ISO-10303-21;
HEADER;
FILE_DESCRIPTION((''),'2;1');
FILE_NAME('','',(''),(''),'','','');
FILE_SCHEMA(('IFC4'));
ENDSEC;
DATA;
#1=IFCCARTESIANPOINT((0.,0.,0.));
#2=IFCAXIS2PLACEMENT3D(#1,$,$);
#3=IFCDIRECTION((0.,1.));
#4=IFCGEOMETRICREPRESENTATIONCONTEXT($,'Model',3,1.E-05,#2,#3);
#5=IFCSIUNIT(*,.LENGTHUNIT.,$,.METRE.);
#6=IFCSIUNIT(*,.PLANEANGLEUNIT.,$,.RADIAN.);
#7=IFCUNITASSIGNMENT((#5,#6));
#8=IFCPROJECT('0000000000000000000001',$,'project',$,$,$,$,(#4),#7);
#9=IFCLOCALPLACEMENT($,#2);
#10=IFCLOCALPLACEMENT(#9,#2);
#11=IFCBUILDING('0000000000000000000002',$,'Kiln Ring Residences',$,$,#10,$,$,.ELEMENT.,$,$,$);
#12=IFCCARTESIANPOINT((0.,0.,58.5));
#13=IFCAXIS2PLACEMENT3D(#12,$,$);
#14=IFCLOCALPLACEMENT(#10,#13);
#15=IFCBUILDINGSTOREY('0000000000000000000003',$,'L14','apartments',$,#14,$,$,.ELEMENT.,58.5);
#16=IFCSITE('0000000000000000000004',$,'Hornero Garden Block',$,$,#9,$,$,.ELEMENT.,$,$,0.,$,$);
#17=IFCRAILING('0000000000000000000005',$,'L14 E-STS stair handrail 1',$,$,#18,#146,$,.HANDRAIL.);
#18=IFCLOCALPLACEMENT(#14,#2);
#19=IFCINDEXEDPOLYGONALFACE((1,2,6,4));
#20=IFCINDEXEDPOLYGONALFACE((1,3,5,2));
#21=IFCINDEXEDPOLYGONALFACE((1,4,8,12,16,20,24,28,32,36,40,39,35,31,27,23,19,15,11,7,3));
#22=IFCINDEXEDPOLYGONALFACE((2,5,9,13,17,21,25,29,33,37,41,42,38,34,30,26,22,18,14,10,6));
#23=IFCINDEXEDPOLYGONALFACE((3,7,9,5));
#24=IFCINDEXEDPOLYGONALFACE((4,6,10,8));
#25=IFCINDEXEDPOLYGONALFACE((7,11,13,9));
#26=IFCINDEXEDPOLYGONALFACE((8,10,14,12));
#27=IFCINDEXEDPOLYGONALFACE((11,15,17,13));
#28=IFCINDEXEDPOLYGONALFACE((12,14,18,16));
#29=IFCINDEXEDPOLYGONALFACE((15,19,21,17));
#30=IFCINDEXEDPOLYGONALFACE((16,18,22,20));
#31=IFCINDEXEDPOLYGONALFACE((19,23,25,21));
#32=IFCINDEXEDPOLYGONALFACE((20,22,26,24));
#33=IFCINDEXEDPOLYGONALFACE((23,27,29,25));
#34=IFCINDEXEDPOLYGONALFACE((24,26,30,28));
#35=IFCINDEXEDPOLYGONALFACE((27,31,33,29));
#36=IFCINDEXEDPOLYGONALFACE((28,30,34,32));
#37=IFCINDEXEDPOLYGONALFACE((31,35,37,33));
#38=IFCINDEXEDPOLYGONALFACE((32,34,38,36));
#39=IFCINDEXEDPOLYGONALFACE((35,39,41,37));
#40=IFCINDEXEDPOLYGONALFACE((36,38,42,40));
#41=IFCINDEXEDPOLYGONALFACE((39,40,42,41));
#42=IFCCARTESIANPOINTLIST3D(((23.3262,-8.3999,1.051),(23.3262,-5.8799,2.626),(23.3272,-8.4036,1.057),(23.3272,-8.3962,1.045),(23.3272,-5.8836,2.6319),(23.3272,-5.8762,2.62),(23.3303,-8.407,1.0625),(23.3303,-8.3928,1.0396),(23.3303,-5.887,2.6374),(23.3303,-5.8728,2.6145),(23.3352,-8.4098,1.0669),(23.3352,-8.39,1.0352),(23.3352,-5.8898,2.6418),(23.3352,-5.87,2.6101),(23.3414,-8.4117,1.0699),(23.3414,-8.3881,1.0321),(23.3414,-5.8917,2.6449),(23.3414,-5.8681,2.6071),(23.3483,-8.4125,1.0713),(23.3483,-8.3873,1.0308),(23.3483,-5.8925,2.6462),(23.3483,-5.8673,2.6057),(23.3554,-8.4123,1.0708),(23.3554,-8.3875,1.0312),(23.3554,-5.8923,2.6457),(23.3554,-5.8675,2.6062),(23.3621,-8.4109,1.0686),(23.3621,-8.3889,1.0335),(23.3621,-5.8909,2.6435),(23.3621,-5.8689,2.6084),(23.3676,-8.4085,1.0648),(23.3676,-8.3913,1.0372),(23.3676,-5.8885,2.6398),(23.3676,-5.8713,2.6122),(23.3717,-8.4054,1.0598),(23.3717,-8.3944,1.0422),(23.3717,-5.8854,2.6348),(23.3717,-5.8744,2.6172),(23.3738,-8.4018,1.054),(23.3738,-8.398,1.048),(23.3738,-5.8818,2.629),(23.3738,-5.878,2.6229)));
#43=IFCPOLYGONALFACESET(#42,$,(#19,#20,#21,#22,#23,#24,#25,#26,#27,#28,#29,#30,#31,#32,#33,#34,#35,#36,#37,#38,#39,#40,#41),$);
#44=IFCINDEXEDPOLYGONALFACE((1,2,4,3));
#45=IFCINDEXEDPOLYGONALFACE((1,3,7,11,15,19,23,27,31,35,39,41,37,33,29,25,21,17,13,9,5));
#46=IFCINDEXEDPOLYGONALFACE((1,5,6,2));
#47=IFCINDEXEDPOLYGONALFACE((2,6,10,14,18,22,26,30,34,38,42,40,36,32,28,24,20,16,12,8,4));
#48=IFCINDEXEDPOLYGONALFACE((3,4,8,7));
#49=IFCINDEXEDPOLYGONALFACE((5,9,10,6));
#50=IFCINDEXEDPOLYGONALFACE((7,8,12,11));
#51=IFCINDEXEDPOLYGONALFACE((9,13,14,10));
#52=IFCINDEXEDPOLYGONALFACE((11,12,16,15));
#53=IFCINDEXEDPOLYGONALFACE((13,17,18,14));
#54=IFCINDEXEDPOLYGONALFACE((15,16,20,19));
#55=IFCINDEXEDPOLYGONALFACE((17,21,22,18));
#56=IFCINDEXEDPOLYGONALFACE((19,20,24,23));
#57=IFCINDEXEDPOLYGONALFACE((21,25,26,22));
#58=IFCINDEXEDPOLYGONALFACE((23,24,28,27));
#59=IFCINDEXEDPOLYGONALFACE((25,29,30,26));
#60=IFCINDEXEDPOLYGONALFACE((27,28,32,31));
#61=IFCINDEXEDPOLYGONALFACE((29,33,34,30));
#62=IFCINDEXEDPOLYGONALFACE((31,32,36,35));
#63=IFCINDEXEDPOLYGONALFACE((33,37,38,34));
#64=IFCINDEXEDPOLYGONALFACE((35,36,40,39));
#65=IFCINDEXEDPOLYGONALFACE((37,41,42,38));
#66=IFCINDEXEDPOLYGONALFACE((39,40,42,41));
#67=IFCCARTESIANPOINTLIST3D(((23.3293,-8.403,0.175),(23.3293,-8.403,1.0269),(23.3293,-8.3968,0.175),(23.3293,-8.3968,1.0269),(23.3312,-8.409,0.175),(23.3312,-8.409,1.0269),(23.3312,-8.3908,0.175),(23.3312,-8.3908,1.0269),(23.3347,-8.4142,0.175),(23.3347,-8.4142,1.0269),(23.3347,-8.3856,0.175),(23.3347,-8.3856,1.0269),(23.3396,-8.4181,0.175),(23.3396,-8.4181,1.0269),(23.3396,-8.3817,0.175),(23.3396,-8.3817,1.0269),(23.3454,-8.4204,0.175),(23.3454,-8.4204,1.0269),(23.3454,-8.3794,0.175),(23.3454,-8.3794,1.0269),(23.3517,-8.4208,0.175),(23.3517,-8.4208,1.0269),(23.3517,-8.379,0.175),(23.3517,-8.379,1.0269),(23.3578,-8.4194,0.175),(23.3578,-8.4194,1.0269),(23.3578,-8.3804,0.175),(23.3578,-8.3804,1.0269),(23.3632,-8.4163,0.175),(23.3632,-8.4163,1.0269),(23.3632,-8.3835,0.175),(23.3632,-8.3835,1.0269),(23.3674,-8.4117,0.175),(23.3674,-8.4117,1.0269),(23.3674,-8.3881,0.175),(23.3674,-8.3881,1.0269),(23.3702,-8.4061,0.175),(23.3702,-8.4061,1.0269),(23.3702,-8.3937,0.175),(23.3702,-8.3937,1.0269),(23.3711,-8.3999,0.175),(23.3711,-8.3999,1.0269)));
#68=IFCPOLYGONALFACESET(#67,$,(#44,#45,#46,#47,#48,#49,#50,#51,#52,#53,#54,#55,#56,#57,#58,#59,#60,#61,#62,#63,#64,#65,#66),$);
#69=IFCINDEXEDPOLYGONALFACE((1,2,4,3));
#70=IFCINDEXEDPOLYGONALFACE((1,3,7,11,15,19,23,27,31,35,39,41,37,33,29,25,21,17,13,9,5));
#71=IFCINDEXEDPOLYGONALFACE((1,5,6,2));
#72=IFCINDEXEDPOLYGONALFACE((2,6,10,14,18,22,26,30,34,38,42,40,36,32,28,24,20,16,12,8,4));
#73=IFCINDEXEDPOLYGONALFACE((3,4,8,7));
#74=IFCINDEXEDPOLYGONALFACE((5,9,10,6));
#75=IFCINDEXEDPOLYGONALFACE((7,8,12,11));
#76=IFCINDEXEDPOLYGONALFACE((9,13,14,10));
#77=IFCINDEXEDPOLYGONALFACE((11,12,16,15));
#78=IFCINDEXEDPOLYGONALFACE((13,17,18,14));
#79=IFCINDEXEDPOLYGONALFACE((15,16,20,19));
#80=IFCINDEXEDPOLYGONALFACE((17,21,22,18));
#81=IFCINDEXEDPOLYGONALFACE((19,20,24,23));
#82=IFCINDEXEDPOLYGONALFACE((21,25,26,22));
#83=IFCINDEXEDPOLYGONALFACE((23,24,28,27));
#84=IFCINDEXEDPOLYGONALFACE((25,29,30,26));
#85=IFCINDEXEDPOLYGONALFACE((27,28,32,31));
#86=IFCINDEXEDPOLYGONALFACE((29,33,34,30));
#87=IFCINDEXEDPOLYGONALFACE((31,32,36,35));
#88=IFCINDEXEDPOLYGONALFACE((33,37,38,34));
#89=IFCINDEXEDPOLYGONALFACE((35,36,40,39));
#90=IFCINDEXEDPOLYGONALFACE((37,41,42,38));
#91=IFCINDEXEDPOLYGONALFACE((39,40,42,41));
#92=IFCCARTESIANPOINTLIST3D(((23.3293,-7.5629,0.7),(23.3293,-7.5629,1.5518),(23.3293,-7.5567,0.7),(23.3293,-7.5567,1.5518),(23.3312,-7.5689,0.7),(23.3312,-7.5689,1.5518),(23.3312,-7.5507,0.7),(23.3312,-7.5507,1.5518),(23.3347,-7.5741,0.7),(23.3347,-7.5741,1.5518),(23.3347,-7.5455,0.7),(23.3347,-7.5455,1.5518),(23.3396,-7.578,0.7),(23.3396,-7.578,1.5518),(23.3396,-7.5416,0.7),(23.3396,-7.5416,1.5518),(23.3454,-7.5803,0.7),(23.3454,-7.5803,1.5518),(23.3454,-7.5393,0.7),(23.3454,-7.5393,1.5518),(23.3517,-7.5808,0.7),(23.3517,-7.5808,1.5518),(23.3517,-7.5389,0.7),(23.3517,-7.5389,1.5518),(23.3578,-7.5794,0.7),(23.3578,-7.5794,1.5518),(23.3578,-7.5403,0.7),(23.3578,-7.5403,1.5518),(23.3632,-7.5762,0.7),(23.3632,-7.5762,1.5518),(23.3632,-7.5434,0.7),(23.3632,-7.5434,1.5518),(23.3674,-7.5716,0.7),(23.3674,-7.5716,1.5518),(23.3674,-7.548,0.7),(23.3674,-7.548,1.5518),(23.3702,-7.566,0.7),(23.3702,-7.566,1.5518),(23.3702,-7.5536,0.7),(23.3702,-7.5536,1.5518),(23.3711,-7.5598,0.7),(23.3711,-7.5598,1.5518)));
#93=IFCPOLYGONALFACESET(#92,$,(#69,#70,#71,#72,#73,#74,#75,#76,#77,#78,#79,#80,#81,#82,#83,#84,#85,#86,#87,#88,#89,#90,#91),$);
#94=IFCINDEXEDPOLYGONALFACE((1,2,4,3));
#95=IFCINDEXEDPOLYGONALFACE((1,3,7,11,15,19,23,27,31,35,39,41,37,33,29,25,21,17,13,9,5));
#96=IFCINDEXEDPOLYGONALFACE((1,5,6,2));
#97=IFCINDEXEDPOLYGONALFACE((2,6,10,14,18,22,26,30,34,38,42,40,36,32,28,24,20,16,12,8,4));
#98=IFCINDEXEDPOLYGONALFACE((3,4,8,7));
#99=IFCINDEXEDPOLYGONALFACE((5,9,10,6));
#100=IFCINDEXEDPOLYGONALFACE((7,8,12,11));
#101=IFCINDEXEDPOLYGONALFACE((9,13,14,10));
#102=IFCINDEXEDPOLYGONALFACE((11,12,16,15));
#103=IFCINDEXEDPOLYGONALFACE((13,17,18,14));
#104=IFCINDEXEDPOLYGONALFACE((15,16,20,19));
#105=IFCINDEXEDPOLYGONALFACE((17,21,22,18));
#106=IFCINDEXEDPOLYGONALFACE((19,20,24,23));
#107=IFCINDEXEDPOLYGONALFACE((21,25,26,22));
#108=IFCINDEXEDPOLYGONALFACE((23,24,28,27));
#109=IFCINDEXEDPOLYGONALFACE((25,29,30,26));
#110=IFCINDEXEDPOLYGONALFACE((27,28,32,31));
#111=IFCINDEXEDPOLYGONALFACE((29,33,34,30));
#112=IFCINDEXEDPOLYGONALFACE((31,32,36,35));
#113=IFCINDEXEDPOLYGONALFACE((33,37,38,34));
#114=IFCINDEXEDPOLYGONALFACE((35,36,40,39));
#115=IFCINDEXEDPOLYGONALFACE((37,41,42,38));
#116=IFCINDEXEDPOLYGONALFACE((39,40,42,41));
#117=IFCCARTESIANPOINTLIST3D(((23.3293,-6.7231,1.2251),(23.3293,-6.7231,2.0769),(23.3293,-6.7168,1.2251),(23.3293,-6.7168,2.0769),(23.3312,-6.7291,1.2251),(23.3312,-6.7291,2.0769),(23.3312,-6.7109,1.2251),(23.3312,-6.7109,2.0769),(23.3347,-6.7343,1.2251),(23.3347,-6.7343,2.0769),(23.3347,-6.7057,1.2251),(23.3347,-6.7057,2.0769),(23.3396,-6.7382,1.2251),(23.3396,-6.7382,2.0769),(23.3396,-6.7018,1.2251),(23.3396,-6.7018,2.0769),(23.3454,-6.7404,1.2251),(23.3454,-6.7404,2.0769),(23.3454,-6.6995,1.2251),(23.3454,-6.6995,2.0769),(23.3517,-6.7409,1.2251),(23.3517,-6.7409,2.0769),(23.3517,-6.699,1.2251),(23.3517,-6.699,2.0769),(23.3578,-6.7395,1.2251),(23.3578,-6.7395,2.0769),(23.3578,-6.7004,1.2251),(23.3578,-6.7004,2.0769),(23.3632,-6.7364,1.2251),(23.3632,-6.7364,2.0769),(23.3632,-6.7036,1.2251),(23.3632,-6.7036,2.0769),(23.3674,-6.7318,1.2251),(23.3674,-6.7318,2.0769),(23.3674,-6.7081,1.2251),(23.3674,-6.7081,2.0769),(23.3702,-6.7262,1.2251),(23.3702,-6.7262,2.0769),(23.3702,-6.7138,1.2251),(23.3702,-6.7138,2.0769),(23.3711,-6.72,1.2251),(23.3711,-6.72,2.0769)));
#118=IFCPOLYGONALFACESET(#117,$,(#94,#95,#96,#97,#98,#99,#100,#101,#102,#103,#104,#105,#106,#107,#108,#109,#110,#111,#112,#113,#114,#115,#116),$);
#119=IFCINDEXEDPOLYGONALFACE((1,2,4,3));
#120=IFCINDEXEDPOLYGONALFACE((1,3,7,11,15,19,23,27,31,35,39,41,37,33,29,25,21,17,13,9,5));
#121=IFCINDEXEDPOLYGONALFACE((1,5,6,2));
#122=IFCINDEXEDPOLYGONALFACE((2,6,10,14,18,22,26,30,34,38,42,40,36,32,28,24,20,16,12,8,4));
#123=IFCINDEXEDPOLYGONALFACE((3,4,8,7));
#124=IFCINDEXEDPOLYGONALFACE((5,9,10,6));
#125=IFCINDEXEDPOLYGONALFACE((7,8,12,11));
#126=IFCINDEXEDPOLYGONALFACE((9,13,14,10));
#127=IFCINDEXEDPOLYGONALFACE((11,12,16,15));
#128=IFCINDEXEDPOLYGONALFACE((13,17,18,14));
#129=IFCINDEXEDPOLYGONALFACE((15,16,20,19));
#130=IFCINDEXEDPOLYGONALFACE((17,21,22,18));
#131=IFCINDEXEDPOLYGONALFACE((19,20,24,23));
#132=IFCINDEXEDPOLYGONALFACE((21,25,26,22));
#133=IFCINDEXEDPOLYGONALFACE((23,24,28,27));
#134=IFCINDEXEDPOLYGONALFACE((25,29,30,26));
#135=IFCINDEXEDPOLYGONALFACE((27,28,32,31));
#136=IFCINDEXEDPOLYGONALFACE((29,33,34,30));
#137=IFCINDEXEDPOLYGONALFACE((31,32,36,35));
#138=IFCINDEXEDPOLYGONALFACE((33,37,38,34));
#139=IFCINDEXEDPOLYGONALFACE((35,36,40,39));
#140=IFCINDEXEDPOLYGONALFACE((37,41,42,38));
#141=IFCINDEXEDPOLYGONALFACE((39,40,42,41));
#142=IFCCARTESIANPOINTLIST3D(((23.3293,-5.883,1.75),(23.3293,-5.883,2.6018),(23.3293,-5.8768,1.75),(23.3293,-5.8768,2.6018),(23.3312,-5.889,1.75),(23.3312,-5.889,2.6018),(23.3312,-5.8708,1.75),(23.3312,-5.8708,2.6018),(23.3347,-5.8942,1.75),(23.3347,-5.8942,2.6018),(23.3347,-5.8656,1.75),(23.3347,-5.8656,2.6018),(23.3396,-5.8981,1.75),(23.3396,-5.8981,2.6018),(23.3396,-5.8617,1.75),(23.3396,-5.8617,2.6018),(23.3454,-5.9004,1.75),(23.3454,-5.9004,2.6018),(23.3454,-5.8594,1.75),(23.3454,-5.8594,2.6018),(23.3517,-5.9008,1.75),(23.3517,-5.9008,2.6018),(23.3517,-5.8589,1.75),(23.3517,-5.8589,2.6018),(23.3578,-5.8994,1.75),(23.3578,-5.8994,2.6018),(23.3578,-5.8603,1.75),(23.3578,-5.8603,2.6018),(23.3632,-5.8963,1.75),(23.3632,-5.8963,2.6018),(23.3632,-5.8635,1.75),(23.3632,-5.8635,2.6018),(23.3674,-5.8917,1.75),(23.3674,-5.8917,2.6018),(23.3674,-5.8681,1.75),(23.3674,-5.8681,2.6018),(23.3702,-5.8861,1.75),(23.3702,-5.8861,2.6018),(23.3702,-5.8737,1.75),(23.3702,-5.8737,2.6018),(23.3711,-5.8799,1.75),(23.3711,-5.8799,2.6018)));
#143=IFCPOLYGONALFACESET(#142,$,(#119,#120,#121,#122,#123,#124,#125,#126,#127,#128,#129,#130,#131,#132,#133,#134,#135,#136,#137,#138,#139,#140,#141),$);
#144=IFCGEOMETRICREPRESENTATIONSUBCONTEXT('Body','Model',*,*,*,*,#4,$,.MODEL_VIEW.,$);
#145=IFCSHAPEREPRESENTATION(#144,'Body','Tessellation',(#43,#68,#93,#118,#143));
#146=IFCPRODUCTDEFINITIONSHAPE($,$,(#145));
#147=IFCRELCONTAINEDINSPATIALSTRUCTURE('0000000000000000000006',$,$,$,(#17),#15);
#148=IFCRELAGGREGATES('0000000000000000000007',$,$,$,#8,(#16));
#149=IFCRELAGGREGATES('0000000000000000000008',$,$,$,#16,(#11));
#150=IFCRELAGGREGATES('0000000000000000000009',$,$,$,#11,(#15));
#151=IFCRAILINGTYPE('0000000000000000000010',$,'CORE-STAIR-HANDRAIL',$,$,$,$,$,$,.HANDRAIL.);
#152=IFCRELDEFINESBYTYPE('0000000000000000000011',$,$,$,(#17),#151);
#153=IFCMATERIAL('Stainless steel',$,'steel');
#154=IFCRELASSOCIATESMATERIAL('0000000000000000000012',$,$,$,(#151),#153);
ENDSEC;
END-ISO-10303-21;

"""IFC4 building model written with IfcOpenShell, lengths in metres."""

from ifc_helpers import new_model, si_unit, direction, frame, origin, origin_2d, place, context, subcontext, project, spatial, circle, extrude, material, type_object, element, save


model = new_model("IFC4")

# Units and contexts
model_context = context("Model", 3, precision=1e-05, world=origin(), true_north=direction((0.0, 1.0)))
body_context = subcontext(model_context, "Body", "Model", "MODEL_VIEW")
ifc_project = project(units=[si_unit("LENGTHUNIT", "METRE"), si_unit("PLANEANGLEUNIT", "RADIAN")], contexts=[model_context])

# Site, building, storey
site_placement = place(None, origin())
site = spatial("IfcSite", under=ifc_project, at=site_placement, Name="Hornero Garden Block", CompositionType="ELEMENT", RefElevation=0.0)
building_placement = place(site_placement, origin())
building = spatial("IfcBuilding", under=site, at=building_placement, Name="Kiln Ring Residences", CompositionType="ELEMENT")
storey_placement = place(building_placement, frame((0.0, 0.0, 58.5)))
storey = spatial("IfcBuildingStorey", under=building, at=storey_placement, Name="L14", Description="apartments", CompositionType="ELEMENT", Elevation=58.5)

# Railing
ifc_material_1 = material(Name="Stainless steel", Category="steel")
railing_type_1 = type_object("IfcRailingType", Name="CORE-STAIR-HANDRAIL", PredefinedType="HANDRAIL", material=ifc_material_1)
railing_1_placement = place(storey_placement, frame((23.3501, -8.3999, 0.175)))
element("IfcRailing", 1, at=railing_1_placement, inside=storey, type_object=railing_type_1, Name="L14 E-STS stair handrail 1", PredefinedType="HANDRAIL", context=body_context, shape_type="SweptSolid", body=[
    extrude(circle(Radius=0.0239, at=origin_2d()), frame((0.0, 0.0, 0.876), z_axis=(0.0, 0.848008, 0.529984), x_axis=(-1.0, 0.0, 0.0)), (0.0, 0.0, 1.0), 2.9717),
    extrude(circle(Radius=0.021, at=origin_2d()), origin(), (0.0, 0.0, 1.0), 0.8518),
    extrude(circle(Radius=0.021, at=origin_2d()), frame((0.0, 0.8401, 0.5249)), (0.0, 0.0, 1.0), 0.8518),
    extrude(circle(Radius=0.021, at=origin_2d()), frame((0.0, 1.6799, 1.05)), (0.0, 0.0, 1.0), 0.8518),
    extrude(circle(Radius=0.021, at=origin_2d()), frame((0.0, 2.52, 1.575)), (0.0, 0.0, 1.0), 0.8518),
])

save(model, "model.ifc")
